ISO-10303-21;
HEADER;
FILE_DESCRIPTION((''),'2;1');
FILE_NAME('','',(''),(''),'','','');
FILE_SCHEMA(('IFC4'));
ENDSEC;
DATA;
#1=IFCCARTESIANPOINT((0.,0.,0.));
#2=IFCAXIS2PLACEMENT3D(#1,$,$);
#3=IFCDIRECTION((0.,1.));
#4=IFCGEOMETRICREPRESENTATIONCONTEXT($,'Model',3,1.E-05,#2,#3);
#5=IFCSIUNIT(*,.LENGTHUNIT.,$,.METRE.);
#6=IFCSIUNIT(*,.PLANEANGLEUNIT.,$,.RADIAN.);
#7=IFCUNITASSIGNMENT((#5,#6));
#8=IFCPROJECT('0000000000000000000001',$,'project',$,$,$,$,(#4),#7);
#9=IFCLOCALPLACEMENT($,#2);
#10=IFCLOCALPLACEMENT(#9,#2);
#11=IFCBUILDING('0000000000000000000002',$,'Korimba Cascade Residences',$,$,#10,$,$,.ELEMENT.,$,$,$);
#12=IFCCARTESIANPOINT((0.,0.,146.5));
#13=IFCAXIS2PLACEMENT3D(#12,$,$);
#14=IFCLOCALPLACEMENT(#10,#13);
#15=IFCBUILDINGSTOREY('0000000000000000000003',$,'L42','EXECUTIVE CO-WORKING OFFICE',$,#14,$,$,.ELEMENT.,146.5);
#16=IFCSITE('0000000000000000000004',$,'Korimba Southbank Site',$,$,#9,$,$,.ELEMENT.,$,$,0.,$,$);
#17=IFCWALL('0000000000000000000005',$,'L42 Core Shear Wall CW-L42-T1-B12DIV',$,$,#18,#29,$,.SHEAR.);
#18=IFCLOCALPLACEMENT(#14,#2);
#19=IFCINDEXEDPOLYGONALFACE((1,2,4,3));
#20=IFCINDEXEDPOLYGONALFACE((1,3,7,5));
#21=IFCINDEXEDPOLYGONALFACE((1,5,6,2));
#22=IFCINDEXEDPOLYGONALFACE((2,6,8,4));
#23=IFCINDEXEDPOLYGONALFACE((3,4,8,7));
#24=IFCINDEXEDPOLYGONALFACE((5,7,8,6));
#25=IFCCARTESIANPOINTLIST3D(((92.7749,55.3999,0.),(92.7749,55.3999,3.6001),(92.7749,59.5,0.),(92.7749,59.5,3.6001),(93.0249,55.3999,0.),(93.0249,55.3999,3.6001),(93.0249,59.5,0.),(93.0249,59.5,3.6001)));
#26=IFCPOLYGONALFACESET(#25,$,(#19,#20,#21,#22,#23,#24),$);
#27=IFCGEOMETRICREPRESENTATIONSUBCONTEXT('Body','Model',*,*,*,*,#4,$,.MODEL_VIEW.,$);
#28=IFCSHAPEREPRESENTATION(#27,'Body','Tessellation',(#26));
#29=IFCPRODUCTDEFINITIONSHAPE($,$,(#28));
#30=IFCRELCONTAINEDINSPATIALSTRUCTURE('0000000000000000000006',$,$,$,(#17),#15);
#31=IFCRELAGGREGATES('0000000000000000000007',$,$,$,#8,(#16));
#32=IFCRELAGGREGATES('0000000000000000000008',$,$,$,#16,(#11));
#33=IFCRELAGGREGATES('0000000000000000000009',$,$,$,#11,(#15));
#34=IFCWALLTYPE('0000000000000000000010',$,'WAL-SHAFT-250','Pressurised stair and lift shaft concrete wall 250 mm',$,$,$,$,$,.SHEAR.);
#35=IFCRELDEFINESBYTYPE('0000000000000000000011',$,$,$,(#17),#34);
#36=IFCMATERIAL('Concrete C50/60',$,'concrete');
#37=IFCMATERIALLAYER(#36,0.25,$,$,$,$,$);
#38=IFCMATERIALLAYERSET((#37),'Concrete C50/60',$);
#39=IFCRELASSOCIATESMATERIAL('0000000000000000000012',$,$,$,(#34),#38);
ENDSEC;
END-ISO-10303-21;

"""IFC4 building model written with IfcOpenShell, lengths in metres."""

from ifc_helpers import new_model, si_unit, direction, frame, frame_2d, origin, place, context, subcontext, project, spatial, rectangle, extrude, material, layer, layer_set, type_object, element, save


model = new_model("IFC4")

# Units and contexts
model_context = context("Model", 3, precision=1e-05, world=origin(), true_north=direction((0.0, 1.0)))
body_context = subcontext(model_context, "Body", "Model", "MODEL_VIEW")
ifc_project = project(units=[si_unit("LENGTHUNIT", "METRE"), si_unit("PLANEANGLEUNIT", "RADIAN")], contexts=[model_context])

# Site, building, storey
site_placement = place(None, origin())
site = spatial("IfcSite", under=ifc_project, at=site_placement, Name="Korimba Southbank Site", CompositionType="ELEMENT", RefElevation=0.0)
building_placement = place(site_placement, origin())
building = spatial("IfcBuilding", under=site, at=building_placement, Name="Korimba Cascade Residences", CompositionType="ELEMENT")
storey_placement = place(building_placement, frame((0.0, 0.0, 146.5)))
storey = spatial("IfcBuildingStorey", under=building, at=storey_placement, Name="L42", Description="EXECUTIVE CO-WORKING OFFICE", CompositionType="ELEMENT", Elevation=146.5)

# Shared definitions
ifc_material_1 = material(Name="Concrete C50/60", Category="concrete")
ifc_layer_1 = layer(ifc_material_1, 0.25)
ifc_layer_set_1 = layer_set([ifc_layer_1], Name="Concrete C50/60")
wall_type_1 = type_object("IfcWallType", Name="WAL-SHAFT-250", Description="Pressurised stair and lift shaft concrete wall 250 mm", PredefinedType="SHEAR", material=ifc_layer_set_1)

# Wall
wall_1_placement = place(storey_placement, frame((92.8999, 55.3999, 0.0), z_axis=(0.0, 0.0, 1.0), x_axis=(0.0, 1.0, 0.0)))
element("IfcWall", 1, at=wall_1_placement, inside=storey, type_object=wall_type_1, Name="L42 Core Shear Wall CW-L42-T1-B12DIV", PredefinedType="SHEAR", context=body_context, shape_type="SweptSolid", body=[
    extrude(rectangle(XDim=4.1001, YDim=0.25, at=frame_2d((2.05, 0.0))), origin(), (0.0, 0.0, 1.0), 3.6001),
])

save(model, "model.ifc")
